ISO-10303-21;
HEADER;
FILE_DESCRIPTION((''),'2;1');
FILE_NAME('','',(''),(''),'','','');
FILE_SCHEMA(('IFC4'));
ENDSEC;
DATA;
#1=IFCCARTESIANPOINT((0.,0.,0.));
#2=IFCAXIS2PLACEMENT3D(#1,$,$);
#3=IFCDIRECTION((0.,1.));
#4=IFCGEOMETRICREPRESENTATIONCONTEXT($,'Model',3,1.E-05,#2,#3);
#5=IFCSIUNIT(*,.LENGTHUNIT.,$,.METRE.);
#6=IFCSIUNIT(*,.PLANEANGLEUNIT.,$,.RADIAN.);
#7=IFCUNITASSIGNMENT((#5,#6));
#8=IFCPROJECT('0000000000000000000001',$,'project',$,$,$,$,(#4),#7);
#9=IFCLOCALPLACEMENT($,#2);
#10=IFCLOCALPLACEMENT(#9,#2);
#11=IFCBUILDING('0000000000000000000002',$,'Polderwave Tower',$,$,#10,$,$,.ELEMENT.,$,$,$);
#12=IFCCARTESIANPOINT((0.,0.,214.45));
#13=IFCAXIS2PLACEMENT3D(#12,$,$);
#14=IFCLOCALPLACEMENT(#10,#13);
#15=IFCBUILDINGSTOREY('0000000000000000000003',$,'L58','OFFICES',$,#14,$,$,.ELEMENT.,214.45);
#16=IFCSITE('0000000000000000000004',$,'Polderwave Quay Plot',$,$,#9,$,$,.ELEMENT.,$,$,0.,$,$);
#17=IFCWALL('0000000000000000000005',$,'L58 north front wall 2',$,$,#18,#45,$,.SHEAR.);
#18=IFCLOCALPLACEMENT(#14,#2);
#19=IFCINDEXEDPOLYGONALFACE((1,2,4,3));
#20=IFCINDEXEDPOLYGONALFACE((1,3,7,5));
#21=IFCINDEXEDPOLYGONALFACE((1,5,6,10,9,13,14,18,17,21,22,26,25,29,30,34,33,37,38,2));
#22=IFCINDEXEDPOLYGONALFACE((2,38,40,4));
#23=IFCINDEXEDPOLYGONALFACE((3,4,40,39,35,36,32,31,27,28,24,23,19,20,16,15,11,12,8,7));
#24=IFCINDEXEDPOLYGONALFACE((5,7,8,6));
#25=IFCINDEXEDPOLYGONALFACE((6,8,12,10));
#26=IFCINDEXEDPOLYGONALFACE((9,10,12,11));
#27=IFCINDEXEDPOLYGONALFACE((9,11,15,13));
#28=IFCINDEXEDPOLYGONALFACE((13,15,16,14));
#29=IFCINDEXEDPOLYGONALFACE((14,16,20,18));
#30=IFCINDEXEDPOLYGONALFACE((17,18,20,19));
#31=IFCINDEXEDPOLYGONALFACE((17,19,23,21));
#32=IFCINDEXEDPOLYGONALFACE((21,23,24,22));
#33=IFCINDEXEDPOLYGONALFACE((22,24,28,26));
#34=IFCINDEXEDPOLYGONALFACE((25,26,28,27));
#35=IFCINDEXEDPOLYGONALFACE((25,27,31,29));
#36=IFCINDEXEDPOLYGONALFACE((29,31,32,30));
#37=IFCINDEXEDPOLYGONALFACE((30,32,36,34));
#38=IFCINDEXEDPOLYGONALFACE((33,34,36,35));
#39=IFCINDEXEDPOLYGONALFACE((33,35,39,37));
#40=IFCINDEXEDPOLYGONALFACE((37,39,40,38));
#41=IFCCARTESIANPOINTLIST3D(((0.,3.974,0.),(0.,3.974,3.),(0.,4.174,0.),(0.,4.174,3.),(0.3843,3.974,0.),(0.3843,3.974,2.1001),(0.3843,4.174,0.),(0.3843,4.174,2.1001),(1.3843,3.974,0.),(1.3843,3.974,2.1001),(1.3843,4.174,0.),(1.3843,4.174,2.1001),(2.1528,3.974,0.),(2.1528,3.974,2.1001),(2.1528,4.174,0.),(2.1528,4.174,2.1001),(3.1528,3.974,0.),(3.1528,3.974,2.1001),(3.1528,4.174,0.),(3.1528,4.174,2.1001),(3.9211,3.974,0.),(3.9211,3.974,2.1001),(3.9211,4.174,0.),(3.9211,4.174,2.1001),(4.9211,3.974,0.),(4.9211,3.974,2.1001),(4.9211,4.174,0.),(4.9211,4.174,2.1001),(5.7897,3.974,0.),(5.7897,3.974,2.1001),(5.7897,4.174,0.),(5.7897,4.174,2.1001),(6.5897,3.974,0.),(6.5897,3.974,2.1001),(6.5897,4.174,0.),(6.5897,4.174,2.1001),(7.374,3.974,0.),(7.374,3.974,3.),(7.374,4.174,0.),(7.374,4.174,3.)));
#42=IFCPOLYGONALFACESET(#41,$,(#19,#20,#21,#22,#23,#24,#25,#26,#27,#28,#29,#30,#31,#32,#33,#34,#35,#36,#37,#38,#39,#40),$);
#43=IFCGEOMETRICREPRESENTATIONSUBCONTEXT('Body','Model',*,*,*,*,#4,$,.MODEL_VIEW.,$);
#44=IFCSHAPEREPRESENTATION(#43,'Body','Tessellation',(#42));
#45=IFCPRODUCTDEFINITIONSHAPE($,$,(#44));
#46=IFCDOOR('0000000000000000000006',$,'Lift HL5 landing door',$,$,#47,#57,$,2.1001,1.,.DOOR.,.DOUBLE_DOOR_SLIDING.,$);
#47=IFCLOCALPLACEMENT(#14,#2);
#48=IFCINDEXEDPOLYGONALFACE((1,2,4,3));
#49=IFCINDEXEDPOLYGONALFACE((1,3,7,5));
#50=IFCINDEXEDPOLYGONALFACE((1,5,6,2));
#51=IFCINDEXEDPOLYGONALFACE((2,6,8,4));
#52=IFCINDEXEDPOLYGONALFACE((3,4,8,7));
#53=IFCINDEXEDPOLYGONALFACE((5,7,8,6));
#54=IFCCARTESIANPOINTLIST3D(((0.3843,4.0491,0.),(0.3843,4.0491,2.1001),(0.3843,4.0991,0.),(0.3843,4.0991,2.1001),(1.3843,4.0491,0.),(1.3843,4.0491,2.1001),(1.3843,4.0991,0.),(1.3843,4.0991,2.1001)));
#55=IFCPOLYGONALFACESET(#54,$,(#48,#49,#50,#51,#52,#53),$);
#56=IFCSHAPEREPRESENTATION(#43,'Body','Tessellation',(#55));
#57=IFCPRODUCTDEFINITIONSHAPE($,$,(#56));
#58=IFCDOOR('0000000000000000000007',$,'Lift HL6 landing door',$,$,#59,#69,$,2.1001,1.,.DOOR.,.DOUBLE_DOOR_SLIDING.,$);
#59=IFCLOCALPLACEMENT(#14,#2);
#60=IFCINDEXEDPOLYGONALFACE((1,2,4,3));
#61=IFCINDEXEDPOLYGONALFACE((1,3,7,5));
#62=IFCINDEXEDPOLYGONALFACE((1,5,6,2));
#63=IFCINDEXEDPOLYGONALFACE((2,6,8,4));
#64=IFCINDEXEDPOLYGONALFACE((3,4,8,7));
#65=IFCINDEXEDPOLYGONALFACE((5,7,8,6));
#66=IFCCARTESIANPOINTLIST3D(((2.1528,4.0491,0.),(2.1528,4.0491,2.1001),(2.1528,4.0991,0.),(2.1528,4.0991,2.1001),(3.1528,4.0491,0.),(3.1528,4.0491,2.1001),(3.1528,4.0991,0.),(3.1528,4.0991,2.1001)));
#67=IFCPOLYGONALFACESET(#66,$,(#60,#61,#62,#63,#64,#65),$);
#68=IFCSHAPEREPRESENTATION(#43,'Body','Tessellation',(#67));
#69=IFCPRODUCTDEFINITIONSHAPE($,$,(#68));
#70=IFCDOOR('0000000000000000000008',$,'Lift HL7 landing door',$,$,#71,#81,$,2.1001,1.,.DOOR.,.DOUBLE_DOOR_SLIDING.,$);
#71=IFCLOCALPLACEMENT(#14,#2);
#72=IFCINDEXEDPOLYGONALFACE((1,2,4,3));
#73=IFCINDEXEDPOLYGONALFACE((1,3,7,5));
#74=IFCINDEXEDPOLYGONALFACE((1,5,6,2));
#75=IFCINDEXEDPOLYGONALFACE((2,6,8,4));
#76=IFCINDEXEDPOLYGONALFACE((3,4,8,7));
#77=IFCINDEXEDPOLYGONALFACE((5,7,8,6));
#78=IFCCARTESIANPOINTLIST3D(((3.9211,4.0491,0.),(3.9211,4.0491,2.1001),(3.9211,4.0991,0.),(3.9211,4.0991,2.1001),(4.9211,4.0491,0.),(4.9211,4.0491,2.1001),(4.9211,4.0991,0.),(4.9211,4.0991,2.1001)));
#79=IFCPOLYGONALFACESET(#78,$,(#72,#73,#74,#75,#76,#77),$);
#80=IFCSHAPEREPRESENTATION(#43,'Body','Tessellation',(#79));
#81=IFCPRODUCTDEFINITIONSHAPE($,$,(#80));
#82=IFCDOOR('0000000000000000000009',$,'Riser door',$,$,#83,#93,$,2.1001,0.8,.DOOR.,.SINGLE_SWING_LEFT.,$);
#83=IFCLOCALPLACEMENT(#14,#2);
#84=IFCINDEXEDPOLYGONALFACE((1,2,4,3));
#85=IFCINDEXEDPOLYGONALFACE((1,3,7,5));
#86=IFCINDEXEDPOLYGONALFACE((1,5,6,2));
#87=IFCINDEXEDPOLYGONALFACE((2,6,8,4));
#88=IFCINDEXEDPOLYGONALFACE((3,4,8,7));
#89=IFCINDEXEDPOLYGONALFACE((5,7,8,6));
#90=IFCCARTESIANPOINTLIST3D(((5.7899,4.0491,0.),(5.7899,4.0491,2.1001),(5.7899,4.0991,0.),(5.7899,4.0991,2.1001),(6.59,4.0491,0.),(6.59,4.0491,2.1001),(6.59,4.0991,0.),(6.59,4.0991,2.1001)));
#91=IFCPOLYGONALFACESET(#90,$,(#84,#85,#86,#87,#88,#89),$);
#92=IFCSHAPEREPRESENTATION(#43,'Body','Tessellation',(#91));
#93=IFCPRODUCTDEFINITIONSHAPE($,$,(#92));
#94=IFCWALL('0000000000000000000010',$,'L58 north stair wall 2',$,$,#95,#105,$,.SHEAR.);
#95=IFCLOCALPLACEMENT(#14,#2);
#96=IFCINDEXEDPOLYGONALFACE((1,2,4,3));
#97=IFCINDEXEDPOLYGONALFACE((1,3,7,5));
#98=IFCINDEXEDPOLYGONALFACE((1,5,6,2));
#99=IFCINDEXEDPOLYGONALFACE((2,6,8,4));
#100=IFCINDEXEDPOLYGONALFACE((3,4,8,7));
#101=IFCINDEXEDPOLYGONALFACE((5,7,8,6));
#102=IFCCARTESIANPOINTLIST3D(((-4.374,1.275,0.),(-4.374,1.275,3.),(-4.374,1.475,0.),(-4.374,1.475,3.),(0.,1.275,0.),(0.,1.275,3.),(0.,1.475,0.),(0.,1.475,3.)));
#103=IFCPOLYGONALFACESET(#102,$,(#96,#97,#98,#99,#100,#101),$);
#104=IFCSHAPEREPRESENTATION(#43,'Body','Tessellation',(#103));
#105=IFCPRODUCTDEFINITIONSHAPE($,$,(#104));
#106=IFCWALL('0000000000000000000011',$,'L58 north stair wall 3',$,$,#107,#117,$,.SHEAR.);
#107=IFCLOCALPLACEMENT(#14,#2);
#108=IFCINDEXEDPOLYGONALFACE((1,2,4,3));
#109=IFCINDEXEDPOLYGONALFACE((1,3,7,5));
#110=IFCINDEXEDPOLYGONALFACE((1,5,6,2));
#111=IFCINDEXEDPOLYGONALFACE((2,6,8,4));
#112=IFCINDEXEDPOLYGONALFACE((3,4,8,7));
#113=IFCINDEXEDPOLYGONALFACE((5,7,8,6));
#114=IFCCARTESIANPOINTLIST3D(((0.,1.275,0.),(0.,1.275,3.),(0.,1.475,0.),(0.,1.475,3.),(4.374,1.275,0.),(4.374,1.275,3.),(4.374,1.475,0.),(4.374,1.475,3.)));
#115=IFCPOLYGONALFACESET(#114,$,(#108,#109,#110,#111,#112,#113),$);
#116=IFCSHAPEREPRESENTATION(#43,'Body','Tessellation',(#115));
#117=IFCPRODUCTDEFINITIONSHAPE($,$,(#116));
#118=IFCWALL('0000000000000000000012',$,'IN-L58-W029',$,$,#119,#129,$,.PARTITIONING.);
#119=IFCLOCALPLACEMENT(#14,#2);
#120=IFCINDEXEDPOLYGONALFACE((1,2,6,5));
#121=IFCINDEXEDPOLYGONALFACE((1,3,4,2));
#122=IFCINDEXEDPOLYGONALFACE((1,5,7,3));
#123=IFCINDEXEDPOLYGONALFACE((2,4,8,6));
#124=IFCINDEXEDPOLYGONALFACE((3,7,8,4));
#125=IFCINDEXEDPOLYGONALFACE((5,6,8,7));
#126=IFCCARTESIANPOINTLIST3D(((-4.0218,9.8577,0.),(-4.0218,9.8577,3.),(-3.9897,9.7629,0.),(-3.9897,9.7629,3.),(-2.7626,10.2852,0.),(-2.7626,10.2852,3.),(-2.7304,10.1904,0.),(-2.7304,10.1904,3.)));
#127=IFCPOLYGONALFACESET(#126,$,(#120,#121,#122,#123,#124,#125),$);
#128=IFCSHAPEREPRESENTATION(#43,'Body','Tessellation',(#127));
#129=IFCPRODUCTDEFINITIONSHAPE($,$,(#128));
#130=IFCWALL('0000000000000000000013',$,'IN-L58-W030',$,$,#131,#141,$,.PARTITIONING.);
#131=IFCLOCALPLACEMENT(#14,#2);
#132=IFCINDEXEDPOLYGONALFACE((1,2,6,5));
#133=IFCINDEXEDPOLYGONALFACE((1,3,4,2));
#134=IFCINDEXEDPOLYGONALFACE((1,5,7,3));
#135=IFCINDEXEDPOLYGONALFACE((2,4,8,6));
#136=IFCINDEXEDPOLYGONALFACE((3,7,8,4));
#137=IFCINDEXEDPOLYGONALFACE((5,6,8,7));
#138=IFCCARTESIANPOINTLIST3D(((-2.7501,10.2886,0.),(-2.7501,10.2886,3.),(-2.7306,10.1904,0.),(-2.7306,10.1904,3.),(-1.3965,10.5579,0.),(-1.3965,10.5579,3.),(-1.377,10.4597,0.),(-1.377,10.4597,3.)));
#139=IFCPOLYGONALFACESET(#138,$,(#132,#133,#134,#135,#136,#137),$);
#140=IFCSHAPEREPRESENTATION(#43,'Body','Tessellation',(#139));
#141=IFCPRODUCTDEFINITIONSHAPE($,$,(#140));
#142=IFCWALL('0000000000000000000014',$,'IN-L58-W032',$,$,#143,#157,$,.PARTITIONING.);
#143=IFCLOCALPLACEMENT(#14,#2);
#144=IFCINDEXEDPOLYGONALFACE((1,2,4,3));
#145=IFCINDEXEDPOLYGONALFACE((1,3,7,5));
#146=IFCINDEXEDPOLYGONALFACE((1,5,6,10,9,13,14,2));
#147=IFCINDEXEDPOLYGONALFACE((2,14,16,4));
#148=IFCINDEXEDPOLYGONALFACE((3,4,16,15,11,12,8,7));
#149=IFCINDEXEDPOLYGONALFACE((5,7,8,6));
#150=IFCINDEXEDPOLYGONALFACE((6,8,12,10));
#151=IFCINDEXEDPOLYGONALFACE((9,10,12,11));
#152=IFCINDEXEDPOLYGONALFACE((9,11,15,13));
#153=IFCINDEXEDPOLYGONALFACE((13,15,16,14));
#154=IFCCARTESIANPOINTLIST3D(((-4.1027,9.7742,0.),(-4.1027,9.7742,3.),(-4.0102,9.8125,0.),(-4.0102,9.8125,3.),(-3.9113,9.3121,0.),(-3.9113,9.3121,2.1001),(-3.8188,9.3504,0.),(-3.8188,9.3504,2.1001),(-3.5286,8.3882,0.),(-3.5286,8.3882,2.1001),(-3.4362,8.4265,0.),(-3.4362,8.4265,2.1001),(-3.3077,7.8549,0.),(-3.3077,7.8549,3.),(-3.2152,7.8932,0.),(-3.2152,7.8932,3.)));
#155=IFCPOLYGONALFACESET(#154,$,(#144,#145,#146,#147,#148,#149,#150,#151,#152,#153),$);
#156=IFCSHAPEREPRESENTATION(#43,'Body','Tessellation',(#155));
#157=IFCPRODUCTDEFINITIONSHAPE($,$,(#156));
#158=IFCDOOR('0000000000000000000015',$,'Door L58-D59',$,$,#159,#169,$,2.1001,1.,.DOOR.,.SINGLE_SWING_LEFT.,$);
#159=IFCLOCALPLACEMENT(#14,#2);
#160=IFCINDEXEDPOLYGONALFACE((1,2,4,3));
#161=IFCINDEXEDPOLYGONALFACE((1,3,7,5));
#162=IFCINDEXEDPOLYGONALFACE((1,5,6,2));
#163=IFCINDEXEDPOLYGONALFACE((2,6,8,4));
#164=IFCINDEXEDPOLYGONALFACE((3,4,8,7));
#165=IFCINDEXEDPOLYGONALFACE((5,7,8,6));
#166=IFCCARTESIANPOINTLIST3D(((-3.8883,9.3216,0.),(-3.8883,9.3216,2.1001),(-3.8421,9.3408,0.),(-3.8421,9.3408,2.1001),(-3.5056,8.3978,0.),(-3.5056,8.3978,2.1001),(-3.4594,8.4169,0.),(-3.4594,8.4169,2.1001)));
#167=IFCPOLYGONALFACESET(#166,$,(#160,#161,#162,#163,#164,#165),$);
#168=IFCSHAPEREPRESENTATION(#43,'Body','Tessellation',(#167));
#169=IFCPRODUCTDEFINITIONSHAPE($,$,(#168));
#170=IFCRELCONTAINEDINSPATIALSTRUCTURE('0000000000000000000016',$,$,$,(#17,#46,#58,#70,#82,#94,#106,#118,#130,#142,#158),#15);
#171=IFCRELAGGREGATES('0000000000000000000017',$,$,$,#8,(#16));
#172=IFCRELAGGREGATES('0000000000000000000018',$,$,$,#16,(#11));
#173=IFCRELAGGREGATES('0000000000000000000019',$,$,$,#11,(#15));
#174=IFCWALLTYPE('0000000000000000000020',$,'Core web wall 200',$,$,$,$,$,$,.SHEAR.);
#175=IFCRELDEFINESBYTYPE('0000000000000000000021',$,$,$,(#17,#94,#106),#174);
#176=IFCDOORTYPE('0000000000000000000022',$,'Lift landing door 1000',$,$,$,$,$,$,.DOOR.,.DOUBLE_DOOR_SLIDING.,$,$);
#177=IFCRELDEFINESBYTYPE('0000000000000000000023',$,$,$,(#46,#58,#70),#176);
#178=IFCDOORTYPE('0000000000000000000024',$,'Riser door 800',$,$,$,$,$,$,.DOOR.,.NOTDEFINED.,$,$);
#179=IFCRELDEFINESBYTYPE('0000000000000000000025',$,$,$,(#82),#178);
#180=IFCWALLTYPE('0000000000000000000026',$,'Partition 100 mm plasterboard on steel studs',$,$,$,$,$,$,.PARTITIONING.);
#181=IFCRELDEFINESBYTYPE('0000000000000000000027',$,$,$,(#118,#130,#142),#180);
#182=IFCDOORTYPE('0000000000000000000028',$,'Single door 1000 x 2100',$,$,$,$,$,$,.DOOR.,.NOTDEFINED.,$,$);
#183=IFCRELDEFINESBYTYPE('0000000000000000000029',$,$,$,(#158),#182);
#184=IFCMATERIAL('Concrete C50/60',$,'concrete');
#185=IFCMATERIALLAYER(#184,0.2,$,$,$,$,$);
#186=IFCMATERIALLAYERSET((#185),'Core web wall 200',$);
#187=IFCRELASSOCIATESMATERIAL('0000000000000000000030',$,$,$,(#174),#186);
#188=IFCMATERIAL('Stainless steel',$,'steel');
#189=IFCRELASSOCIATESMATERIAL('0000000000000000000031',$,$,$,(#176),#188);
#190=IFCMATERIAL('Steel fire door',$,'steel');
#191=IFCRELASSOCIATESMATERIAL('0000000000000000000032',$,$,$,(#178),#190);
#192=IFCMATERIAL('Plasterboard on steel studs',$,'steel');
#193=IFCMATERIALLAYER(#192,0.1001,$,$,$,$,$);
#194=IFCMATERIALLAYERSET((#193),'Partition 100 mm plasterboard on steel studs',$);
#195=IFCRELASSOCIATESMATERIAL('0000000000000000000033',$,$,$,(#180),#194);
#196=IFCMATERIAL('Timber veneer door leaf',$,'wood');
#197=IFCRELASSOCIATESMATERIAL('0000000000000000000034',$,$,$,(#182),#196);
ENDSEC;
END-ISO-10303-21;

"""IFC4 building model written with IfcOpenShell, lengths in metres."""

from ifc_helpers import new_model, si_unit, direction, frame, frame_2d, origin, place, context, subcontext, project, spatial, rectangle, extrude, material, layer, layer_set, type_object, element, fill, save


model = new_model("IFC4")

# Units and contexts
model_context = context("Model", 3, precision=1e-05, world=origin(), true_north=direction((0.0, 1.0)))
body_context = subcontext(model_context, "Body", "Model", "MODEL_VIEW")
ifc_project = project(units=[si_unit("LENGTHUNIT", "METRE"), si_unit("PLANEANGLEUNIT", "RADIAN")], contexts=[model_context])

# Site, building, storey
site_placement = place(None, origin())
site = spatial("IfcSite", under=ifc_project, at=site_placement, Name="Polderwave Quay Plot", CompositionType="ELEMENT", RefElevation=0.0)
building_placement = place(site_placement, origin())
building = spatial("IfcBuilding", under=site, at=building_placement, Name="Polderwave Tower", CompositionType="ELEMENT")
storey_placement = place(building_placement, frame((0.0, 0.0, 214.45)))
storey = spatial("IfcBuildingStorey", under=building, at=storey_placement, Name="L58", Description="OFFICES", CompositionType="ELEMENT", Elevation=214.45)

# Wall, openings, doors
ifc_material_1 = material(Name="Concrete C50/60", Category="concrete")
ifc_layer_1 = layer(ifc_material_1, 0.2)
ifc_layer_set_1 = layer_set([ifc_layer_1], Name="Core web wall 200")
wall_type_1 = type_object("IfcWallType", Name="Core web wall 200", PredefinedType="SHEAR", material=ifc_layer_set_1)
wall_1_placement = place(storey_placement, frame((0.0, 4.074, 0.0), z_axis=(0.0, 0.0, 1.0), x_axis=(1.0, 0.0, 0.0)))
wall_1 = element("IfcWall", 1, at=wall_1_placement, inside=storey, type_object=wall_type_1, Name="L58 north front wall 2", PredefinedType="SHEAR", context=body_context, shape_type="SweptSolid", body=[
    extrude(rectangle(XDim=7.374, YDim=0.2, at=frame_2d((3.687, 0.0))), origin(), (0.0, 0.0, 1.0), 3.0),
])
opening_1_placement = place(wall_1_placement, frame((0.3843, 0.0, 0.0)))
opening_1 = element("IfcOpeningElement", 2, at=opening_1_placement, cuts=wall_1, PredefinedType="OPENING", context=body_context, shape_type="SweptSolid", body=[
    extrude(rectangle(XDim=1.0, YDim=2.1001, at=frame_2d((0.5, 1.05))), frame((0.0, 0.1099, 0.0), z_axis=(0.0, -1.0, 0.0), x_axis=(1.0, 0.0, 0.0)), (0.0, 0.0, 1.0), 0.22),
])
opening_2_placement = place(wall_1_placement, frame((2.1528, 0.0, 0.0)))
opening_2 = element("IfcOpeningElement", 3, at=opening_2_placement, cuts=wall_1, PredefinedType="OPENING", context=body_context, shape_type="SweptSolid", body=[
    extrude(rectangle(XDim=1.0, YDim=2.1001, at=frame_2d((0.5, 1.05))), frame((0.0, 0.1099, 0.0), z_axis=(0.0, -1.0, 0.0), x_axis=(1.0, 0.0, 0.0)), (0.0, 0.0, 1.0), 0.22),
])
opening_3_placement = place(wall_1_placement, frame((3.9211, 0.0, 0.0)))
opening_3 = element("IfcOpeningElement", 4, at=opening_3_placement, cuts=wall_1, PredefinedType="OPENING", context=body_context, shape_type="SweptSolid", body=[
    extrude(rectangle(XDim=1.0, YDim=2.1001, at=frame_2d((0.5, 1.05))), frame((0.0, 0.1099, 0.0), z_axis=(0.0, -1.0, 0.0), x_axis=(1.0, 0.0, 0.0)), (0.0, 0.0, 1.0), 0.22),
])
opening_4_placement = place(wall_1_placement, frame((5.7898, 0.0, 0.0)))
opening_4 = element("IfcOpeningElement", 5, at=opening_4_placement, cuts=wall_1, PredefinedType="OPENING", context=body_context, shape_type="SweptSolid", body=[
    extrude(rectangle(XDim=0.8, YDim=2.1001, at=frame_2d((0.3999, 1.05))), frame((0.0, 0.1099, 0.0), z_axis=(0.0, -1.0, 0.0), x_axis=(1.0, 0.0, 0.0)), (0.0, 0.0, 1.0), 0.22),
])
ifc_material_2 = material(Name="Stainless steel", Category="steel")
door_type_1 = type_object("IfcDoorType", Name="Lift landing door 1000", OperationType="DOUBLE_DOOR_SLIDING", PredefinedType="DOOR", material=ifc_material_2)
door_1_placement = place(opening_1_placement, frame((1.0, 0.0, 0.0), z_axis=(0.0, 0.0, 1.0), x_axis=(-1.0, 0.0, 0.0)))
door_1 = element("IfcDoor", 6, at=door_1_placement, inside=storey, type_object=door_type_1, Name="Lift HL5 landing door", OperationType="DOUBLE_DOOR_SLIDING", OverallHeight=2.1001, OverallWidth=1.0, PredefinedType="DOOR", context=body_context, shape_type="SweptSolid", body=[
    extrude(rectangle(XDim=1.0, YDim=2.1001, at=frame_2d((0.5, 1.05))), frame((0.0, 0.0249, 0.0), z_axis=(0.0, -1.0, 0.0), x_axis=(1.0, 0.0, 0.0)), (0.0, 0.0, 1.0), 0.05),
])
fill(opening_1, door_1)
door_2_placement = place(opening_2_placement, frame((1.0, 0.0, 0.0), z_axis=(0.0, 0.0, 1.0), x_axis=(-1.0, 0.0, 0.0)))
door_2 = element("IfcDoor", 7, at=door_2_placement, inside=storey, type_object=door_type_1, Name="Lift HL6 landing door", OperationType="DOUBLE_DOOR_SLIDING", OverallHeight=2.1001, OverallWidth=1.0, PredefinedType="DOOR", context=body_context, shape_type="SweptSolid", body=[
    extrude(rectangle(XDim=1.0, YDim=2.1001, at=frame_2d((0.5, 1.05))), frame((0.0, 0.0249, 0.0), z_axis=(0.0, -1.0, 0.0), x_axis=(1.0, 0.0, 0.0)), (0.0, 0.0, 1.0), 0.05),
])
fill(opening_2, door_2)
door_3_placement = place(opening_3_placement, frame((1.0, 0.0, 0.0), z_axis=(0.0, 0.0, 1.0), x_axis=(-1.0, 0.0, 0.0)))
door_3 = element("IfcDoor", 8, at=door_3_placement, inside=storey, type_object=door_type_1, Name="Lift HL7 landing door", OperationType="DOUBLE_DOOR_SLIDING", OverallHeight=2.1001, OverallWidth=1.0, PredefinedType="DOOR", context=body_context, shape_type="SweptSolid", body=[
    extrude(rectangle(XDim=1.0, YDim=2.1001, at=frame_2d((0.5, 1.05))), frame((0.0, 0.0249, 0.0), z_axis=(0.0, -1.0, 0.0), x_axis=(1.0, 0.0, 0.0)), (0.0, 0.0, 1.0), 0.05),
])
fill(opening_3, door_3)
ifc_material_3 = material(Name="Steel fire door", Category="steel")
door_type_2 = type_object("IfcDoorType", Name="Riser door 800", OperationType="NOTDEFINED", PredefinedType="DOOR", material=ifc_material_3)
door_4_placement = place(opening_4_placement, frame((0.8, 0.0, 0.0), z_axis=(0.0, 0.0, 1.0), x_axis=(-1.0, 0.0, 0.0)))
door_4 = element("IfcDoor", 9, at=door_4_placement, inside=storey, type_object=door_type_2, Name="Riser door", OperationType="SINGLE_SWING_LEFT", OverallHeight=2.1001, OverallWidth=0.8, PredefinedType="DOOR", context=body_context, shape_type="SweptSolid", body=[
    extrude(rectangle(XDim=0.8, YDim=2.1001, at=frame_2d((0.3999, 1.05))), frame((0.0, 0.0249, 0.0), z_axis=(0.0, -1.0, 0.0), x_axis=(1.0, 0.0, 0.0)), (0.0, 0.0, 1.0), 0.05),
])
fill(opening_4, door_4)

# Walls
for number, where, z_axis, x_axis, name in (
    (10, (-4.374, 1.375, 0.0), (0.0, 0.0, 1.0), (1.0, 0.0, 0.0), "L58 north stair wall 2"),
    (11, (0.0, 1.375, 0.0), (0.0, 0.0, 1.0), (1.0, 0.0, 0.0), "L58 north stair wall 3"),
):
    element("IfcWall", number, at=place(storey_placement, frame(where, z_axis=z_axis, x_axis=x_axis)), inside=storey, type_object=wall_type_1, Name=name, PredefinedType="SHEAR", context=body_context, shape_type="SweptSolid", body=[
        extrude(rectangle(XDim=4.374, YDim=0.2, at=frame_2d((2.187, 0.0))), origin(), (0.0, 0.0, 1.0), 3.0),
    ])
ifc_material_4 = material(Name="Plasterboard on steel studs", Category="steel")
ifc_layer_2 = layer(ifc_material_4, 0.1001)
ifc_layer_set_2 = layer_set([ifc_layer_2], Name="Partition 100 mm plasterboard on steel studs")
wall_type_2 = type_object("IfcWallType", Name="Partition 100 mm plasterboard on steel studs", PredefinedType="PARTITIONING", material=ifc_layer_set_2)
wall_2_placement = place(storey_placement, frame((-4.0059, 9.8103, 0.0), z_axis=(0.0, 0.0, 1.0), x_axis=(0.946925, 0.321455, 0.0)))
element("IfcWall", 12, at=wall_2_placement, inside=storey, type_object=wall_type_2, Name="IN-L58-W029", PredefinedType="PARTITIONING", context=body_context, shape_type="SweptSolid", body=[
    extrude(rectangle(XDim=1.3298, YDim=0.1001, at=frame_2d((0.665, 0.0))), origin(), (0.0, 0.0, 1.0), 3.0),
])
wall_3_placement = place(storey_placement, frame((-2.7402, 10.2395, 0.0), z_axis=(0.0, 0.0, 1.0), x_axis=(0.980777, 0.195129, 0.0)))
element("IfcWall", 13, at=wall_3_placement, inside=storey, type_object=wall_type_2, Name="IN-L58-W030", PredefinedType="PARTITIONING", context=body_context, shape_type="SweptSolid", body=[
    extrude(rectangle(XDim=1.3801, YDim=0.1001, at=frame_2d((0.6899, 0.0))), origin(), (0.0, 0.0, 1.0), 3.0),
])

# Wall, opening, door
wall_4_placement = place(storey_placement, frame((-4.0564, 9.7932, 0.0), z_axis=(0.0, 0.0, 1.0), x_axis=(0.38267, -0.923885, 0.0)))
wall_4 = element("IfcWall", 14, at=wall_4_placement, inside=storey, type_object=wall_type_2, Name="IN-L58-W032", PredefinedType="PARTITIONING", context=body_context, shape_type="SweptSolid", body=[
    extrude(rectangle(XDim=2.0774, YDim=0.1001, at=frame_2d((1.0386, 0.0))), origin(), (0.0, 0.0, 1.0), 3.0),
])
opening_5_placement = place(wall_4_placement, frame((0.5, 0.0, 0.0)))
opening_5 = element("IfcOpeningElement", 15, at=opening_5_placement, cuts=wall_4, PredefinedType="OPENING", context=body_context, shape_type="SweptSolid", body=[
    extrude(rectangle(XDim=1.0, YDim=2.1001, at=frame_2d((0.5, 1.05))), frame((0.0, 0.0601, 0.0), z_axis=(0.0, -1.0, 0.0), x_axis=(1.0, 0.0, 0.0)), (0.0, 0.0, 1.0), 0.1201),
])
ifc_material_5 = material(Name="Timber veneer door leaf", Category="wood")
door_type_3 = type_object("IfcDoorType", Name="Single door 1000 x 2100", OperationType="NOTDEFINED", PredefinedType="DOOR", material=ifc_material_5)
door_5_placement = place(opening_5_placement, origin())
door_5 = element("IfcDoor", 16, at=door_5_placement, inside=storey, type_object=door_type_3, Name="Door L58-D59", OperationType="SINGLE_SWING_LEFT", OverallHeight=2.1001, OverallWidth=1.0, PredefinedType="DOOR", context=body_context, shape_type="SweptSolid", body=[
    extrude(rectangle(XDim=1.0, YDim=2.1001, at=frame_2d((0.5, 1.05))), frame((0.0, 0.0249, 0.0), z_axis=(0.0, -1.0, 0.0), x_axis=(1.0, 0.0, 0.0)), (0.0, 0.0, 1.0), 0.05),
])
fill(opening_5, door_5)

save(model, "model.ifc")
